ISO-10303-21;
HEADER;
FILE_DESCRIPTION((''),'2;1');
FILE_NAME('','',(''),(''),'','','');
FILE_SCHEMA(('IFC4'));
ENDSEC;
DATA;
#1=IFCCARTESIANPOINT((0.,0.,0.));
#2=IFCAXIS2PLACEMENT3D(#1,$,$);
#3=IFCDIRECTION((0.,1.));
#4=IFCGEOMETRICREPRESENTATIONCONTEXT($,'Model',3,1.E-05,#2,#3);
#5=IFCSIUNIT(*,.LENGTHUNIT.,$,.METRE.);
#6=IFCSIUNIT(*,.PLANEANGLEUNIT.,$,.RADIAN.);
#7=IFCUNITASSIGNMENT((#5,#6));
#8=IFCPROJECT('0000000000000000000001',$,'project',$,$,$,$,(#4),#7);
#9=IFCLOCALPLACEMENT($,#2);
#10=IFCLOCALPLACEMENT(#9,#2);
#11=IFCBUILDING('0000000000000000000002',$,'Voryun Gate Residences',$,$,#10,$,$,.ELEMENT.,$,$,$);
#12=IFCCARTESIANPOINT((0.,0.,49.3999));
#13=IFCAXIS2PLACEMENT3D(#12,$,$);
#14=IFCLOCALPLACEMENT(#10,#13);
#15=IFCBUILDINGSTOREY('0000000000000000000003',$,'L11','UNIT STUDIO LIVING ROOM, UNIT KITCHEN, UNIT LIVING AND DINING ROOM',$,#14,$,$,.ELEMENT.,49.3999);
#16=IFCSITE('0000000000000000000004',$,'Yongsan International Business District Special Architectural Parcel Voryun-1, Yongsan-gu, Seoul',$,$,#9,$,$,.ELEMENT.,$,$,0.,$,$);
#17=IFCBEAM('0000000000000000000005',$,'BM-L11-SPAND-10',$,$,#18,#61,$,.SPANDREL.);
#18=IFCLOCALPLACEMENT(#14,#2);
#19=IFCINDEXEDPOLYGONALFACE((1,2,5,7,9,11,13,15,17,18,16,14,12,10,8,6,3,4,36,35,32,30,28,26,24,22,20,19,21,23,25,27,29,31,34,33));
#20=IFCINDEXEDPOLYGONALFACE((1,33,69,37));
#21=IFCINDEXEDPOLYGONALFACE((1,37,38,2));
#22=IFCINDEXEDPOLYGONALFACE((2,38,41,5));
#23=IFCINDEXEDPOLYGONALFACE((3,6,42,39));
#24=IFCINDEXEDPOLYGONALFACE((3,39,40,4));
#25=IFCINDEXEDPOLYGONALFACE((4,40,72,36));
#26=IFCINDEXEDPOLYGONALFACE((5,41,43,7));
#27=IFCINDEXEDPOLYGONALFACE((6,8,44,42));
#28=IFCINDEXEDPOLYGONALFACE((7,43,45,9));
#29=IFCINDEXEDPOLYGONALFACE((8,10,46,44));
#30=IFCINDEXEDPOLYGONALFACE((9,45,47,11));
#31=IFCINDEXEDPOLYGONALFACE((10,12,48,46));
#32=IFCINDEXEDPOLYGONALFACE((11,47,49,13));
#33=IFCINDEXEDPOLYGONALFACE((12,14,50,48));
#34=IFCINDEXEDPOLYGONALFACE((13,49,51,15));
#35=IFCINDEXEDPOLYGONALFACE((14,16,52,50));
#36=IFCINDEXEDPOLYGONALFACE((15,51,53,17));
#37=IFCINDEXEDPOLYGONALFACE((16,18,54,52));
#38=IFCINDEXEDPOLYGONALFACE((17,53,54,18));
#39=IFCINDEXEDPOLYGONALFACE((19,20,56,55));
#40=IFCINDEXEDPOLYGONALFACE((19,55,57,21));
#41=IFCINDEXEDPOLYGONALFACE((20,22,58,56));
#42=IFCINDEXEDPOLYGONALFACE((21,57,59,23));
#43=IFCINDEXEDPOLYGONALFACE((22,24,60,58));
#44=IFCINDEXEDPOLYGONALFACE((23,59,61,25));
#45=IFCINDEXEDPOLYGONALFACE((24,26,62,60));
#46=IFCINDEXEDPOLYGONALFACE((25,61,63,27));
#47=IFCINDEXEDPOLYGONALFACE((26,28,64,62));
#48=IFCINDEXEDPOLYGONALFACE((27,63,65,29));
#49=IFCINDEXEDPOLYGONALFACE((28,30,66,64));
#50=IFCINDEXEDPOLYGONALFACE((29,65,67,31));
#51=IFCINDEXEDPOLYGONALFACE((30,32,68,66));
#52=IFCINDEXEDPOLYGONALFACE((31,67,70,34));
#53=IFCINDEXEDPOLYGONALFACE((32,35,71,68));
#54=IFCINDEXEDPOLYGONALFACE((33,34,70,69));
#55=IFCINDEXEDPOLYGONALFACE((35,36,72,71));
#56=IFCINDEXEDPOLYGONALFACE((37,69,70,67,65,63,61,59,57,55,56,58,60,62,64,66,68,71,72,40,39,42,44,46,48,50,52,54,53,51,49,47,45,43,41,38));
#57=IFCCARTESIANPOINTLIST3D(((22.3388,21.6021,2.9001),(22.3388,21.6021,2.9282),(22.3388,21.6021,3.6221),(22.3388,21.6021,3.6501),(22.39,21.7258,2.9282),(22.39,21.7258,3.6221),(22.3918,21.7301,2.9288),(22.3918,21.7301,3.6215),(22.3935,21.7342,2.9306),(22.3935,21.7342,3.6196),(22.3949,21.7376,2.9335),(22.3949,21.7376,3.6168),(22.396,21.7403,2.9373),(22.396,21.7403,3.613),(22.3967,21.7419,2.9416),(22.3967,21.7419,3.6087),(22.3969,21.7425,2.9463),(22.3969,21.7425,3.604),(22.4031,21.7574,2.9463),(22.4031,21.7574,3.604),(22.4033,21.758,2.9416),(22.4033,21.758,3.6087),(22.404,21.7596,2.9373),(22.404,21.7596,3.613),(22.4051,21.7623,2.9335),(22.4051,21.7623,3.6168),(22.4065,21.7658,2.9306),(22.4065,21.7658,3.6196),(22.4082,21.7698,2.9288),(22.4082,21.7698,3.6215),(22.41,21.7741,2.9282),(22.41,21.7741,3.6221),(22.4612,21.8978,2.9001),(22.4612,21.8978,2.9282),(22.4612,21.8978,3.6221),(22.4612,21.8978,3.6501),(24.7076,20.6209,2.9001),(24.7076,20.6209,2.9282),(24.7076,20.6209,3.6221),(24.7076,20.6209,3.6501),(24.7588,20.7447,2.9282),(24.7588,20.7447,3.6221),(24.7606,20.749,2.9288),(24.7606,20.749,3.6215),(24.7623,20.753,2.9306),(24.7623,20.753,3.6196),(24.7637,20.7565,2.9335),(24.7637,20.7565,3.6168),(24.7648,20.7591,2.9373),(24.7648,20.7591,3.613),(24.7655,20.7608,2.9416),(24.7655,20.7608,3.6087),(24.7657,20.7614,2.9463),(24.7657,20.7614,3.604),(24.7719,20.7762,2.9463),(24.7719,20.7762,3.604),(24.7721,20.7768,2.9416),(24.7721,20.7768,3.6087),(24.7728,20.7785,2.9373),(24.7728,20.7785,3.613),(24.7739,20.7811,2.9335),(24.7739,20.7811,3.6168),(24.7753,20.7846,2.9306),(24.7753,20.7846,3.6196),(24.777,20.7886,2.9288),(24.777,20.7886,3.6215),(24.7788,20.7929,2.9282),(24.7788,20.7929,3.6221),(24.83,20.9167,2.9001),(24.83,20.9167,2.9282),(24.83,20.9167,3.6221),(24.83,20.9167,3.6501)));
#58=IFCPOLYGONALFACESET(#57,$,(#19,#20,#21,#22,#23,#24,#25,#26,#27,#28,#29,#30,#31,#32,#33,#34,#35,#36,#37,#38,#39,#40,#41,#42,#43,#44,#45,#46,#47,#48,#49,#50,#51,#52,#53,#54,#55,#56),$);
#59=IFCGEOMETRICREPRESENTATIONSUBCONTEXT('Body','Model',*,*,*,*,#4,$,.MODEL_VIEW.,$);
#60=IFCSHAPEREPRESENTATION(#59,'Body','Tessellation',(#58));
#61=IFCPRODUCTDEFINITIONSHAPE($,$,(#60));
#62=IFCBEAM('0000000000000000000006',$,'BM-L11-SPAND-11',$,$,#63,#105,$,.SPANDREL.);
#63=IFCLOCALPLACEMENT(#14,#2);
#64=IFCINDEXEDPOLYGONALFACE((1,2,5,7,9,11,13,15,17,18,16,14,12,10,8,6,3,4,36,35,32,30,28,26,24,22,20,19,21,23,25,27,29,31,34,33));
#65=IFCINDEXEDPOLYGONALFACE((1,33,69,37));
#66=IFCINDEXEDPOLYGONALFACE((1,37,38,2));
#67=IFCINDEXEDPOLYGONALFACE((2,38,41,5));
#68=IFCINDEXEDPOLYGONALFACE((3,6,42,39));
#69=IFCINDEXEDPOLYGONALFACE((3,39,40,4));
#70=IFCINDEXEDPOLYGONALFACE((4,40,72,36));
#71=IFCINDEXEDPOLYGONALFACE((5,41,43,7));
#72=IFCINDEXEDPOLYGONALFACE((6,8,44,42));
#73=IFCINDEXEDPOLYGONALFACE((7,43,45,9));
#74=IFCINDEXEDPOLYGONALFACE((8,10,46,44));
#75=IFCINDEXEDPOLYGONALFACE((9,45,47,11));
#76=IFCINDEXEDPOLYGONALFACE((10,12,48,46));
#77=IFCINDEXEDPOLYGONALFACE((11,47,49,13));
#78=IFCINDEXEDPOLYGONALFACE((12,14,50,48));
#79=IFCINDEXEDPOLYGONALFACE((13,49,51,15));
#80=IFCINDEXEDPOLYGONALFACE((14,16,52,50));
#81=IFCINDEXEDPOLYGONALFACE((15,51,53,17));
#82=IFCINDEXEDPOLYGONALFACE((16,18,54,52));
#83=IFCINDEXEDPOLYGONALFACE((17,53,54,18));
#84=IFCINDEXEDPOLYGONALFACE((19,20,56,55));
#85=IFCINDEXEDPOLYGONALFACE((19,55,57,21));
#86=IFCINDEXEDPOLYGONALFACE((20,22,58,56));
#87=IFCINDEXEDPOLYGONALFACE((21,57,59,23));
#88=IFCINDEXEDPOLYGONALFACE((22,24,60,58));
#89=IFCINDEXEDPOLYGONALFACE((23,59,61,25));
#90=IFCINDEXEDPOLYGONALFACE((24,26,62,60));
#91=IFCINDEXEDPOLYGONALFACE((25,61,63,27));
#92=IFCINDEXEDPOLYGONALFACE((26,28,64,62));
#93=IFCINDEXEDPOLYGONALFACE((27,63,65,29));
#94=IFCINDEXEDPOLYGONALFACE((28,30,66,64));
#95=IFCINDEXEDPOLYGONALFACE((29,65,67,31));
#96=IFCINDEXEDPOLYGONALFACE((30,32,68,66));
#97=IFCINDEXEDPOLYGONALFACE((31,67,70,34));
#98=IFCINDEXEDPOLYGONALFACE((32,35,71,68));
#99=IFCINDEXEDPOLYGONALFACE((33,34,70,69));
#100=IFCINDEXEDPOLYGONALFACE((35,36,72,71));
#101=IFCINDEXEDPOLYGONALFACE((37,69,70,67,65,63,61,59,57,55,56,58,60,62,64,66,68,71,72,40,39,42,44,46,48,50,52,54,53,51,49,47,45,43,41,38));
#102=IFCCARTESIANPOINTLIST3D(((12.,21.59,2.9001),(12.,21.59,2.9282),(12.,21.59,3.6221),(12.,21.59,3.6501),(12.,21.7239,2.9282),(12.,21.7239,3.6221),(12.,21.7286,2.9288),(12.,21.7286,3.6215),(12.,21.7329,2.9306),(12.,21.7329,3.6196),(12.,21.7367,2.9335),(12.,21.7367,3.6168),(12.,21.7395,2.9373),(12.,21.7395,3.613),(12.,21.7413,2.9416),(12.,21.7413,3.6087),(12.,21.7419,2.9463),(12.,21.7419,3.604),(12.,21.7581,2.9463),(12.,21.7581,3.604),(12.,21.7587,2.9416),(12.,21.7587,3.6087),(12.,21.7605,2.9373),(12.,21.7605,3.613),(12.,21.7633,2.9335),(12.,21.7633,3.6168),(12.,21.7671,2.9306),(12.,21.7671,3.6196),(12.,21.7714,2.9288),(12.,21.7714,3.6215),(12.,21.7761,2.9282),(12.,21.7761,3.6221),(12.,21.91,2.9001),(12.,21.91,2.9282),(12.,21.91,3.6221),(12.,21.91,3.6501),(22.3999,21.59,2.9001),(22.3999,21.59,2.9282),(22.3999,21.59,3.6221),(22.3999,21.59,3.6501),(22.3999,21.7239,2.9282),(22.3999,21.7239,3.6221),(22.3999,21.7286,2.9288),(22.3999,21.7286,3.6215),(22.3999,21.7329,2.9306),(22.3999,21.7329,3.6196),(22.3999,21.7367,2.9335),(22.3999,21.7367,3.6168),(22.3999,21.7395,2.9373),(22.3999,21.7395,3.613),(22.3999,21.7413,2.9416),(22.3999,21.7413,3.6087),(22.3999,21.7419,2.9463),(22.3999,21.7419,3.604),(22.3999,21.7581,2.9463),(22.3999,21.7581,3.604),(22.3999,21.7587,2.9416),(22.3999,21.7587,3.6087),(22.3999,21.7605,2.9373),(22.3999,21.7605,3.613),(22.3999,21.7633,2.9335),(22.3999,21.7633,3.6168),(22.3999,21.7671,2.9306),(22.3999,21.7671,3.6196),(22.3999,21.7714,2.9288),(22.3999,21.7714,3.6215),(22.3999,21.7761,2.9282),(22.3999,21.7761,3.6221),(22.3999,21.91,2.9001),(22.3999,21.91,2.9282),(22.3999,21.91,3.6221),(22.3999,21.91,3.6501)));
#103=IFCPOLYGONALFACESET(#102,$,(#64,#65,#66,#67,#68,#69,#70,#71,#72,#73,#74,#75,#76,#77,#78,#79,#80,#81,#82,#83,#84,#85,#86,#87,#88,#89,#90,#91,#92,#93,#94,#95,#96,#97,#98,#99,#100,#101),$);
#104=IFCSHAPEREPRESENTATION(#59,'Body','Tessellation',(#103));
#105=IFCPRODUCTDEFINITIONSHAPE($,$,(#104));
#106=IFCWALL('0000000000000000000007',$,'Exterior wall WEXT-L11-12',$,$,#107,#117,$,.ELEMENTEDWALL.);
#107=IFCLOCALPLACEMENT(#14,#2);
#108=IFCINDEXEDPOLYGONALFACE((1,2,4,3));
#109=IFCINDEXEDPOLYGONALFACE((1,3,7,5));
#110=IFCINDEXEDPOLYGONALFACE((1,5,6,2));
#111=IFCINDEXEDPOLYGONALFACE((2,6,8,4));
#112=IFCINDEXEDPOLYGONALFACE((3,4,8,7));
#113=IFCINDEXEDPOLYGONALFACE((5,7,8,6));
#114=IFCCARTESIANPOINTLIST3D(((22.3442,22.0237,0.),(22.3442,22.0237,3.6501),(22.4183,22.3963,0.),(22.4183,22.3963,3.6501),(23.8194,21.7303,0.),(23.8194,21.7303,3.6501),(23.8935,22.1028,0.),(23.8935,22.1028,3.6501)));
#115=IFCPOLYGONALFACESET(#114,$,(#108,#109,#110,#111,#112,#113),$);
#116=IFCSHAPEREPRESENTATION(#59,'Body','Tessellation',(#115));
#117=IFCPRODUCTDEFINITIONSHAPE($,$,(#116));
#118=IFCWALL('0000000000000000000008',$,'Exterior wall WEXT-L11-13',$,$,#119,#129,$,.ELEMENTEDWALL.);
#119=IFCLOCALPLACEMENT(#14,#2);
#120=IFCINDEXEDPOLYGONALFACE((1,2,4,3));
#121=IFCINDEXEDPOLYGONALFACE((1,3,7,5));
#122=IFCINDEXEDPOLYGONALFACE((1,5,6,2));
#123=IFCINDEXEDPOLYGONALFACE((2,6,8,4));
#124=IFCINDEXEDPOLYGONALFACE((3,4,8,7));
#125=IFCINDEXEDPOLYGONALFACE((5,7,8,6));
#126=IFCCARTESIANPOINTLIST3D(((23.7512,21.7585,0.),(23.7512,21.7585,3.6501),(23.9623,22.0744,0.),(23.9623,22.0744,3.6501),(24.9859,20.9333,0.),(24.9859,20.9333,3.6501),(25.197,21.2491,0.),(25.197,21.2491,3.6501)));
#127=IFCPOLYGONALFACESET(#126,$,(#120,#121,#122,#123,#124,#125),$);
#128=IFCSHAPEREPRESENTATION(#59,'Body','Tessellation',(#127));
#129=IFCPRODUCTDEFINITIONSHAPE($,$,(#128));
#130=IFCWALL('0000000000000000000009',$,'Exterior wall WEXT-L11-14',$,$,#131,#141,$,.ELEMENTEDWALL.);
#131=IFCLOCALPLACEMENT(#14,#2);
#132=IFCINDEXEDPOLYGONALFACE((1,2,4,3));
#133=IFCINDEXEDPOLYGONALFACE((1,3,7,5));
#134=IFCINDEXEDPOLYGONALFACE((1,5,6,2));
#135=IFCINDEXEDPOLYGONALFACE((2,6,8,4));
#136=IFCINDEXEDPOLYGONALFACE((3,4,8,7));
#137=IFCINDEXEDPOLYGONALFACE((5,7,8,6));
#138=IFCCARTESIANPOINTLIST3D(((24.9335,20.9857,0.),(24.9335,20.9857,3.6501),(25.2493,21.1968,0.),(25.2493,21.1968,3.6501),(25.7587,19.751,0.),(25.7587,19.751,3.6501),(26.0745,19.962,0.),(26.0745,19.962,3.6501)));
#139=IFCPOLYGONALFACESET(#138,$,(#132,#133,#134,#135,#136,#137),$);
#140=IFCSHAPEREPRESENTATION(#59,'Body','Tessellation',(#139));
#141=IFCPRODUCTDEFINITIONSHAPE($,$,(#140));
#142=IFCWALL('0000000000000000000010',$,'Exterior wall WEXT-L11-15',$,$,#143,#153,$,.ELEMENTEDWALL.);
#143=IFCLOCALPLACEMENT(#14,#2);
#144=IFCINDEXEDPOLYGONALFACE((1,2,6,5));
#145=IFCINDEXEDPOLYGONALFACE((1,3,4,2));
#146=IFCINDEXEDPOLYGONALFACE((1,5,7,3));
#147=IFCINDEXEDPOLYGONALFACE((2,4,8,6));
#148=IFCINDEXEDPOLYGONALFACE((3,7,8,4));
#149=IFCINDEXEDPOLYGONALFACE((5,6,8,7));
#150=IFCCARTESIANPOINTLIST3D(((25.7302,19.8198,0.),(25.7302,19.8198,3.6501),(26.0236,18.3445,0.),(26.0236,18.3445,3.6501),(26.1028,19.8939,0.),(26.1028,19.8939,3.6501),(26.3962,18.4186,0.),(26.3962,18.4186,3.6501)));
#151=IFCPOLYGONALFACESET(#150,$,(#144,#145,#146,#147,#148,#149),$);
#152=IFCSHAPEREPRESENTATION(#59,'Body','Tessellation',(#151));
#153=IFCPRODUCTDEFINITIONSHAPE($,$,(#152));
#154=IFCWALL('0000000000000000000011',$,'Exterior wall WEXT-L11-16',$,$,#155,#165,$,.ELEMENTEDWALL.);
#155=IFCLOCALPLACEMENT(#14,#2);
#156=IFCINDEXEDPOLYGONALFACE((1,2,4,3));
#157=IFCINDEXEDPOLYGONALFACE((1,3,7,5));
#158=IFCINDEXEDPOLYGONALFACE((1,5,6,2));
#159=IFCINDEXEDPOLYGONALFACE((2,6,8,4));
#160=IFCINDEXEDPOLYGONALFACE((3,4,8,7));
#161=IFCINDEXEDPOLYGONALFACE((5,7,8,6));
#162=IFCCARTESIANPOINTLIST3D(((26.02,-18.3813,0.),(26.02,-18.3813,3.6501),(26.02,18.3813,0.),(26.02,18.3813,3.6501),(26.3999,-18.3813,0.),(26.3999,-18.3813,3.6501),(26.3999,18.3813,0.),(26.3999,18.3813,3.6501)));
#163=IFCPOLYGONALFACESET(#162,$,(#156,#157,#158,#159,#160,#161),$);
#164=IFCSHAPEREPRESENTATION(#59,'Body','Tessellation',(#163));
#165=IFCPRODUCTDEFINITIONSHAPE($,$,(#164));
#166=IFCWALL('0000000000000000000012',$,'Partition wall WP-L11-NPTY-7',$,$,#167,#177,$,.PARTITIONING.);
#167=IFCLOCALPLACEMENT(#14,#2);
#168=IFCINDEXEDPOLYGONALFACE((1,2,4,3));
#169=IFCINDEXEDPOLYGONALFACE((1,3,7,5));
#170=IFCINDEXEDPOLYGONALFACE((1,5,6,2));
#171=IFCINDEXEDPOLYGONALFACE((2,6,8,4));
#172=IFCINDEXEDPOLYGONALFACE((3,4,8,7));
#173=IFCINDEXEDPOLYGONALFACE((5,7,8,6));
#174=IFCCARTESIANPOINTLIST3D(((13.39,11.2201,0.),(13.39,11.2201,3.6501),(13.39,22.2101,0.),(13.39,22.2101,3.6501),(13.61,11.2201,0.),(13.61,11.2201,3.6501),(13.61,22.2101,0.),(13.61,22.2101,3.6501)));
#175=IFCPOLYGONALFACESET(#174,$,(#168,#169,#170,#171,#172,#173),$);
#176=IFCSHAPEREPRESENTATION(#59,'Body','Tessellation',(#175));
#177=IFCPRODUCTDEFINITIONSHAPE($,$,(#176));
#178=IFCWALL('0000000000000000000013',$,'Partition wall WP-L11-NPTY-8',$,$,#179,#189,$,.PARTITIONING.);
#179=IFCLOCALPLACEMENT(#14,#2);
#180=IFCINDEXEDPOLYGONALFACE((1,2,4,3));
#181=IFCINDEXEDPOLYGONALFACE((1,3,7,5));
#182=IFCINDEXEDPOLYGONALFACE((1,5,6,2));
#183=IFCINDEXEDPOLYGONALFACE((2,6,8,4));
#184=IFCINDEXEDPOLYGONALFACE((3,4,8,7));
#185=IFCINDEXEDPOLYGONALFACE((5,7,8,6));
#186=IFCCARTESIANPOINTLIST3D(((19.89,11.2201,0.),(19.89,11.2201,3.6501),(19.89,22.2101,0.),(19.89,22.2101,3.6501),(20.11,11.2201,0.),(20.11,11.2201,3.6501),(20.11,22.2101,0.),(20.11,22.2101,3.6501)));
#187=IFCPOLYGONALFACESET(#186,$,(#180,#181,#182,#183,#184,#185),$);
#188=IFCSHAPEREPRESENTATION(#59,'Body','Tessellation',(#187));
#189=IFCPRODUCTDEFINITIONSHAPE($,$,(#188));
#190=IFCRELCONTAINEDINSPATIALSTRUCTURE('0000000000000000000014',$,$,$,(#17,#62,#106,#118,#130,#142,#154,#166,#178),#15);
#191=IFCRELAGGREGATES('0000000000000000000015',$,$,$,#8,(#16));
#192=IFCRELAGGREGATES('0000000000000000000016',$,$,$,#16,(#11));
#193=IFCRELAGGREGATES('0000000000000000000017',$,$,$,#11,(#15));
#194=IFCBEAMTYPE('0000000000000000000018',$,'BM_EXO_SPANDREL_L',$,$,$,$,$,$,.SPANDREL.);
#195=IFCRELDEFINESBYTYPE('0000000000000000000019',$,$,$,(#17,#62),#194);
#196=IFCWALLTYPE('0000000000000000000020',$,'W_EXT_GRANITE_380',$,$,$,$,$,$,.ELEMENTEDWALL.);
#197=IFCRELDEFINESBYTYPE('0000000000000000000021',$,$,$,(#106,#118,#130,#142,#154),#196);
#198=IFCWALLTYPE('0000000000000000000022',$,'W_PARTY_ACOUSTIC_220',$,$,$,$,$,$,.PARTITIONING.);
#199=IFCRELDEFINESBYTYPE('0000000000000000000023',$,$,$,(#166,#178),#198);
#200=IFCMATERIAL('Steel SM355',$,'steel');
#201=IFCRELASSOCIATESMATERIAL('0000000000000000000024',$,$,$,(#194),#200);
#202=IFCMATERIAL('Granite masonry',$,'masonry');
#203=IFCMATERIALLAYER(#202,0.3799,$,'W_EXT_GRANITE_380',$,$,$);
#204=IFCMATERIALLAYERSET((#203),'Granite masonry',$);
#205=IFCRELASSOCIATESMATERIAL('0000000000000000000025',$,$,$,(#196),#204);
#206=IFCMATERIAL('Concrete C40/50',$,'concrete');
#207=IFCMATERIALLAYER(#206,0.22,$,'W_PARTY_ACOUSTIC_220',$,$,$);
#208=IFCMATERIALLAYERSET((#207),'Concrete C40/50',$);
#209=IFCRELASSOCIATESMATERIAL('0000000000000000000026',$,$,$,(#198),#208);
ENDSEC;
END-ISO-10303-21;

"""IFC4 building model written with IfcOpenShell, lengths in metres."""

from ifc_helpers import new_model, si_unit, direction, frame, frame_2d, origin, origin_2d, place, context, subcontext, project, spatial, rectangle, i_section, extrude, material, layer, layer_set, material_profile, profile_set, type_object, element, save


model = new_model("IFC4")

# Units and contexts
model_context = context("Model", 3, precision=1e-05, world=origin(), true_north=direction((0.0, 1.0)))
body_context = subcontext(model_context, "Body", "Model", "MODEL_VIEW")
ifc_project = project(units=[si_unit("LENGTHUNIT", "METRE"), si_unit("PLANEANGLEUNIT", "RADIAN")], contexts=[model_context])

# Site, building, storey
site_placement = place(None, origin())
site = spatial("IfcSite", under=ifc_project, at=site_placement, Name="Yongsan International Business District Special Architectural Parcel Voryun-1, Yongsan-gu, Seoul", CompositionType="ELEMENT", RefElevation=0.0)
building_placement = place(site_placement, origin())
building = spatial("IfcBuilding", under=site, at=building_placement, Name="Voryun Gate Residences", CompositionType="ELEMENT")
storey_placement = place(building_placement, frame((0.0, 0.0, 49.3999)))
storey = spatial("IfcBuildingStorey", under=building, at=storey_placement, Name="L11", Description="UNIT STUDIO LIVING ROOM, UNIT KITCHEN, UNIT LIVING AND DINING ROOM", CompositionType="ELEMENT", Elevation=49.3999)

# Beams
ifc_material_1 = material(Name="Steel SM355", Category="steel")
ifc_material_profile_1 = material_profile(ifc_material_1, i_section(OverallWidth=0.3201, OverallDepth=0.75, WebThickness=0.0161, FlangeThickness=0.0281, FilletRadius=0.0181, at=origin_2d()), Name="H-750x320x16x28")
ifc_profile_set_1 = profile_set([ifc_material_profile_1], Name="Steel SM355")
beam_type = type_object("IfcBeamType", Name="BM_EXO_SPANDREL_L", PredefinedType="SPANDREL", material=ifc_profile_set_1)
beam_1_placement = place(storey_placement, frame((24.7688, 20.7688, 3.2751), z_axis=(-0.923883, 0.382674, 0.0), x_axis=(-0.382674, -0.923883, 0.0)))
element("IfcBeam", 1, at=beam_1_placement, inside=storey, type_object=beam_type, Name="BM-L11-SPAND-10", PredefinedType="SPANDREL", context=body_context, shape_type="SweptSolid", body=[
    extrude(i_section(OverallWidth=0.3201, OverallDepth=0.75, WebThickness=0.0161, FlangeThickness=0.0281, FilletRadius=0.0181, at=origin_2d()), origin(), (0.0, 0.0, 1.0), 2.564),
])
beam_2_placement = place(storey_placement, frame((22.3999, 21.75, 3.2751), z_axis=(-1.0, 0.0, 0.0), x_axis=(0.0, -1.0, 0.0)))
element("IfcBeam", 2, at=beam_2_placement, inside=storey, type_object=beam_type, Name="BM-L11-SPAND-11", PredefinedType="SPANDREL", context=body_context, shape_type="SweptSolid", body=[
    extrude(i_section(OverallWidth=0.3201, OverallDepth=0.75, WebThickness=0.0161, FlangeThickness=0.0281, FilletRadius=0.0181, at=origin_2d()), origin(), (0.0, 0.0, 1.0), 10.3999),
])

# Walls
ifc_material_2 = material(Name="Granite masonry", Category="masonry")
ifc_layer_1 = layer(ifc_material_2, 0.3799, Name="W_EXT_GRANITE_380")
ifc_layer_set_1 = layer_set([ifc_layer_1], Name="Granite masonry")
wall_type_1 = type_object("IfcWallType", Name="W_EXT_GRANITE_380", PredefinedType="ELEMENTEDWALL", material=ifc_layer_set_1)
wall_1_placement = place(storey_placement, frame((22.3813, 22.21, 0.0), z_axis=(0.0, 0.0, 1.0), x_axis=(0.980786, -0.195086, 0.0)))
element("IfcWall", 3, at=wall_1_placement, inside=storey, type_object=wall_type_1, Name="Exterior wall WEXT-L11-12", PredefinedType="ELEMENTEDWALL", context=body_context, shape_type="SweptSolid", body=[
    extrude(rectangle(XDim=1.5042, YDim=0.3799, at=frame_2d((0.752, 0.0))), origin(), (0.0, 0.0, 1.0), 3.6501),
])
for number, where, z_axis, x_axis, name in (
    (4, (23.8567, 21.9165, 0.0), (0.0, 0.0, 1.0), (0.831392, -0.555686, 0.0), "Exterior wall WEXT-L11-13"),
    (5, (25.0913, 21.0913, 0.0), (0.0, 0.0, 1.0), (0.555686, -0.831392, 0.0), "Exterior wall WEXT-L11-14"),
):
    element("IfcWall", number, at=place(storey_placement, frame(where, z_axis=z_axis, x_axis=x_axis)), inside=storey, type_object=wall_type_1, Name=name, PredefinedType="ELEMENTEDWALL", context=body_context, shape_type="SweptSolid", body=[
        extrude(rectangle(XDim=1.4851, YDim=0.3799, at=frame_2d((0.7427, 0.0))), origin(), (0.0, 0.0, 1.0), 3.6501),
    ])
wall_2_placement = place(storey_placement, frame((25.9165, 19.8567, 0.0), z_axis=(0.0, 0.0, 1.0), x_axis=(0.195086, -0.980786, 0.0)))
element("IfcWall", 6, at=wall_2_placement, inside=storey, type_object=wall_type_1, Name="Exterior wall WEXT-L11-15", PredefinedType="ELEMENTEDWALL", context=body_context, shape_type="SweptSolid", body=[
    extrude(rectangle(XDim=1.5042, YDim=0.3799, at=frame_2d((0.752, 0.0))), origin(), (0.0, 0.0, 1.0), 3.6501),
])
wall_3_placement = place(storey_placement, frame((26.21, 18.3813, 0.0), z_axis=(0.0, 0.0, 1.0), x_axis=(0.0, -1.0, 0.0)))
element("IfcWall", 7, at=wall_3_placement, inside=storey, type_object=wall_type_1, Name="Exterior wall WEXT-L11-16", PredefinedType="ELEMENTEDWALL", context=body_context, shape_type="SweptSolid", body=[
    extrude(rectangle(XDim=36.7627, YDim=0.3799, at=frame_2d((18.3813, 0.0))), origin(), (0.0, 0.0, 1.0), 3.6501),
])
ifc_material_3 = material(Name="Concrete C40/50", Category="concrete")
ifc_layer_2 = layer(ifc_material_3, 0.22, Name="W_PARTY_ACOUSTIC_220")
ifc_layer_set_2 = layer_set([ifc_layer_2], Name="Concrete C40/50")
wall_type_2 = type_object("IfcWallType", Name="W_PARTY_ACOUSTIC_220", PredefinedType="PARTITIONING", material=ifc_layer_set_2)
for number, where, z_axis, x_axis, name in (
    (8, (13.5, 11.22, 0.0), (0.0, 0.0, 1.0), (0.0, 1.0, 0.0), "Partition wall WP-L11-NPTY-7"),
    (9, (20.0, 11.22, 0.0), (0.0, 0.0, 1.0), (0.0, 1.0, 0.0), "Partition wall WP-L11-NPTY-8"),
):
    element("IfcWall", number, at=place(storey_placement, frame(where, z_axis=z_axis, x_axis=x_axis)), inside=storey, type_object=wall_type_2, Name=name, PredefinedType="PARTITIONING", context=body_context, shape_type="SweptSolid", body=[
        extrude(rectangle(XDim=10.99, YDim=0.22, at=frame_2d((5.4951, 0.0))), origin(), (0.0, 0.0, 1.0), 3.6501),
    ])

save(model, "model.ifc")
